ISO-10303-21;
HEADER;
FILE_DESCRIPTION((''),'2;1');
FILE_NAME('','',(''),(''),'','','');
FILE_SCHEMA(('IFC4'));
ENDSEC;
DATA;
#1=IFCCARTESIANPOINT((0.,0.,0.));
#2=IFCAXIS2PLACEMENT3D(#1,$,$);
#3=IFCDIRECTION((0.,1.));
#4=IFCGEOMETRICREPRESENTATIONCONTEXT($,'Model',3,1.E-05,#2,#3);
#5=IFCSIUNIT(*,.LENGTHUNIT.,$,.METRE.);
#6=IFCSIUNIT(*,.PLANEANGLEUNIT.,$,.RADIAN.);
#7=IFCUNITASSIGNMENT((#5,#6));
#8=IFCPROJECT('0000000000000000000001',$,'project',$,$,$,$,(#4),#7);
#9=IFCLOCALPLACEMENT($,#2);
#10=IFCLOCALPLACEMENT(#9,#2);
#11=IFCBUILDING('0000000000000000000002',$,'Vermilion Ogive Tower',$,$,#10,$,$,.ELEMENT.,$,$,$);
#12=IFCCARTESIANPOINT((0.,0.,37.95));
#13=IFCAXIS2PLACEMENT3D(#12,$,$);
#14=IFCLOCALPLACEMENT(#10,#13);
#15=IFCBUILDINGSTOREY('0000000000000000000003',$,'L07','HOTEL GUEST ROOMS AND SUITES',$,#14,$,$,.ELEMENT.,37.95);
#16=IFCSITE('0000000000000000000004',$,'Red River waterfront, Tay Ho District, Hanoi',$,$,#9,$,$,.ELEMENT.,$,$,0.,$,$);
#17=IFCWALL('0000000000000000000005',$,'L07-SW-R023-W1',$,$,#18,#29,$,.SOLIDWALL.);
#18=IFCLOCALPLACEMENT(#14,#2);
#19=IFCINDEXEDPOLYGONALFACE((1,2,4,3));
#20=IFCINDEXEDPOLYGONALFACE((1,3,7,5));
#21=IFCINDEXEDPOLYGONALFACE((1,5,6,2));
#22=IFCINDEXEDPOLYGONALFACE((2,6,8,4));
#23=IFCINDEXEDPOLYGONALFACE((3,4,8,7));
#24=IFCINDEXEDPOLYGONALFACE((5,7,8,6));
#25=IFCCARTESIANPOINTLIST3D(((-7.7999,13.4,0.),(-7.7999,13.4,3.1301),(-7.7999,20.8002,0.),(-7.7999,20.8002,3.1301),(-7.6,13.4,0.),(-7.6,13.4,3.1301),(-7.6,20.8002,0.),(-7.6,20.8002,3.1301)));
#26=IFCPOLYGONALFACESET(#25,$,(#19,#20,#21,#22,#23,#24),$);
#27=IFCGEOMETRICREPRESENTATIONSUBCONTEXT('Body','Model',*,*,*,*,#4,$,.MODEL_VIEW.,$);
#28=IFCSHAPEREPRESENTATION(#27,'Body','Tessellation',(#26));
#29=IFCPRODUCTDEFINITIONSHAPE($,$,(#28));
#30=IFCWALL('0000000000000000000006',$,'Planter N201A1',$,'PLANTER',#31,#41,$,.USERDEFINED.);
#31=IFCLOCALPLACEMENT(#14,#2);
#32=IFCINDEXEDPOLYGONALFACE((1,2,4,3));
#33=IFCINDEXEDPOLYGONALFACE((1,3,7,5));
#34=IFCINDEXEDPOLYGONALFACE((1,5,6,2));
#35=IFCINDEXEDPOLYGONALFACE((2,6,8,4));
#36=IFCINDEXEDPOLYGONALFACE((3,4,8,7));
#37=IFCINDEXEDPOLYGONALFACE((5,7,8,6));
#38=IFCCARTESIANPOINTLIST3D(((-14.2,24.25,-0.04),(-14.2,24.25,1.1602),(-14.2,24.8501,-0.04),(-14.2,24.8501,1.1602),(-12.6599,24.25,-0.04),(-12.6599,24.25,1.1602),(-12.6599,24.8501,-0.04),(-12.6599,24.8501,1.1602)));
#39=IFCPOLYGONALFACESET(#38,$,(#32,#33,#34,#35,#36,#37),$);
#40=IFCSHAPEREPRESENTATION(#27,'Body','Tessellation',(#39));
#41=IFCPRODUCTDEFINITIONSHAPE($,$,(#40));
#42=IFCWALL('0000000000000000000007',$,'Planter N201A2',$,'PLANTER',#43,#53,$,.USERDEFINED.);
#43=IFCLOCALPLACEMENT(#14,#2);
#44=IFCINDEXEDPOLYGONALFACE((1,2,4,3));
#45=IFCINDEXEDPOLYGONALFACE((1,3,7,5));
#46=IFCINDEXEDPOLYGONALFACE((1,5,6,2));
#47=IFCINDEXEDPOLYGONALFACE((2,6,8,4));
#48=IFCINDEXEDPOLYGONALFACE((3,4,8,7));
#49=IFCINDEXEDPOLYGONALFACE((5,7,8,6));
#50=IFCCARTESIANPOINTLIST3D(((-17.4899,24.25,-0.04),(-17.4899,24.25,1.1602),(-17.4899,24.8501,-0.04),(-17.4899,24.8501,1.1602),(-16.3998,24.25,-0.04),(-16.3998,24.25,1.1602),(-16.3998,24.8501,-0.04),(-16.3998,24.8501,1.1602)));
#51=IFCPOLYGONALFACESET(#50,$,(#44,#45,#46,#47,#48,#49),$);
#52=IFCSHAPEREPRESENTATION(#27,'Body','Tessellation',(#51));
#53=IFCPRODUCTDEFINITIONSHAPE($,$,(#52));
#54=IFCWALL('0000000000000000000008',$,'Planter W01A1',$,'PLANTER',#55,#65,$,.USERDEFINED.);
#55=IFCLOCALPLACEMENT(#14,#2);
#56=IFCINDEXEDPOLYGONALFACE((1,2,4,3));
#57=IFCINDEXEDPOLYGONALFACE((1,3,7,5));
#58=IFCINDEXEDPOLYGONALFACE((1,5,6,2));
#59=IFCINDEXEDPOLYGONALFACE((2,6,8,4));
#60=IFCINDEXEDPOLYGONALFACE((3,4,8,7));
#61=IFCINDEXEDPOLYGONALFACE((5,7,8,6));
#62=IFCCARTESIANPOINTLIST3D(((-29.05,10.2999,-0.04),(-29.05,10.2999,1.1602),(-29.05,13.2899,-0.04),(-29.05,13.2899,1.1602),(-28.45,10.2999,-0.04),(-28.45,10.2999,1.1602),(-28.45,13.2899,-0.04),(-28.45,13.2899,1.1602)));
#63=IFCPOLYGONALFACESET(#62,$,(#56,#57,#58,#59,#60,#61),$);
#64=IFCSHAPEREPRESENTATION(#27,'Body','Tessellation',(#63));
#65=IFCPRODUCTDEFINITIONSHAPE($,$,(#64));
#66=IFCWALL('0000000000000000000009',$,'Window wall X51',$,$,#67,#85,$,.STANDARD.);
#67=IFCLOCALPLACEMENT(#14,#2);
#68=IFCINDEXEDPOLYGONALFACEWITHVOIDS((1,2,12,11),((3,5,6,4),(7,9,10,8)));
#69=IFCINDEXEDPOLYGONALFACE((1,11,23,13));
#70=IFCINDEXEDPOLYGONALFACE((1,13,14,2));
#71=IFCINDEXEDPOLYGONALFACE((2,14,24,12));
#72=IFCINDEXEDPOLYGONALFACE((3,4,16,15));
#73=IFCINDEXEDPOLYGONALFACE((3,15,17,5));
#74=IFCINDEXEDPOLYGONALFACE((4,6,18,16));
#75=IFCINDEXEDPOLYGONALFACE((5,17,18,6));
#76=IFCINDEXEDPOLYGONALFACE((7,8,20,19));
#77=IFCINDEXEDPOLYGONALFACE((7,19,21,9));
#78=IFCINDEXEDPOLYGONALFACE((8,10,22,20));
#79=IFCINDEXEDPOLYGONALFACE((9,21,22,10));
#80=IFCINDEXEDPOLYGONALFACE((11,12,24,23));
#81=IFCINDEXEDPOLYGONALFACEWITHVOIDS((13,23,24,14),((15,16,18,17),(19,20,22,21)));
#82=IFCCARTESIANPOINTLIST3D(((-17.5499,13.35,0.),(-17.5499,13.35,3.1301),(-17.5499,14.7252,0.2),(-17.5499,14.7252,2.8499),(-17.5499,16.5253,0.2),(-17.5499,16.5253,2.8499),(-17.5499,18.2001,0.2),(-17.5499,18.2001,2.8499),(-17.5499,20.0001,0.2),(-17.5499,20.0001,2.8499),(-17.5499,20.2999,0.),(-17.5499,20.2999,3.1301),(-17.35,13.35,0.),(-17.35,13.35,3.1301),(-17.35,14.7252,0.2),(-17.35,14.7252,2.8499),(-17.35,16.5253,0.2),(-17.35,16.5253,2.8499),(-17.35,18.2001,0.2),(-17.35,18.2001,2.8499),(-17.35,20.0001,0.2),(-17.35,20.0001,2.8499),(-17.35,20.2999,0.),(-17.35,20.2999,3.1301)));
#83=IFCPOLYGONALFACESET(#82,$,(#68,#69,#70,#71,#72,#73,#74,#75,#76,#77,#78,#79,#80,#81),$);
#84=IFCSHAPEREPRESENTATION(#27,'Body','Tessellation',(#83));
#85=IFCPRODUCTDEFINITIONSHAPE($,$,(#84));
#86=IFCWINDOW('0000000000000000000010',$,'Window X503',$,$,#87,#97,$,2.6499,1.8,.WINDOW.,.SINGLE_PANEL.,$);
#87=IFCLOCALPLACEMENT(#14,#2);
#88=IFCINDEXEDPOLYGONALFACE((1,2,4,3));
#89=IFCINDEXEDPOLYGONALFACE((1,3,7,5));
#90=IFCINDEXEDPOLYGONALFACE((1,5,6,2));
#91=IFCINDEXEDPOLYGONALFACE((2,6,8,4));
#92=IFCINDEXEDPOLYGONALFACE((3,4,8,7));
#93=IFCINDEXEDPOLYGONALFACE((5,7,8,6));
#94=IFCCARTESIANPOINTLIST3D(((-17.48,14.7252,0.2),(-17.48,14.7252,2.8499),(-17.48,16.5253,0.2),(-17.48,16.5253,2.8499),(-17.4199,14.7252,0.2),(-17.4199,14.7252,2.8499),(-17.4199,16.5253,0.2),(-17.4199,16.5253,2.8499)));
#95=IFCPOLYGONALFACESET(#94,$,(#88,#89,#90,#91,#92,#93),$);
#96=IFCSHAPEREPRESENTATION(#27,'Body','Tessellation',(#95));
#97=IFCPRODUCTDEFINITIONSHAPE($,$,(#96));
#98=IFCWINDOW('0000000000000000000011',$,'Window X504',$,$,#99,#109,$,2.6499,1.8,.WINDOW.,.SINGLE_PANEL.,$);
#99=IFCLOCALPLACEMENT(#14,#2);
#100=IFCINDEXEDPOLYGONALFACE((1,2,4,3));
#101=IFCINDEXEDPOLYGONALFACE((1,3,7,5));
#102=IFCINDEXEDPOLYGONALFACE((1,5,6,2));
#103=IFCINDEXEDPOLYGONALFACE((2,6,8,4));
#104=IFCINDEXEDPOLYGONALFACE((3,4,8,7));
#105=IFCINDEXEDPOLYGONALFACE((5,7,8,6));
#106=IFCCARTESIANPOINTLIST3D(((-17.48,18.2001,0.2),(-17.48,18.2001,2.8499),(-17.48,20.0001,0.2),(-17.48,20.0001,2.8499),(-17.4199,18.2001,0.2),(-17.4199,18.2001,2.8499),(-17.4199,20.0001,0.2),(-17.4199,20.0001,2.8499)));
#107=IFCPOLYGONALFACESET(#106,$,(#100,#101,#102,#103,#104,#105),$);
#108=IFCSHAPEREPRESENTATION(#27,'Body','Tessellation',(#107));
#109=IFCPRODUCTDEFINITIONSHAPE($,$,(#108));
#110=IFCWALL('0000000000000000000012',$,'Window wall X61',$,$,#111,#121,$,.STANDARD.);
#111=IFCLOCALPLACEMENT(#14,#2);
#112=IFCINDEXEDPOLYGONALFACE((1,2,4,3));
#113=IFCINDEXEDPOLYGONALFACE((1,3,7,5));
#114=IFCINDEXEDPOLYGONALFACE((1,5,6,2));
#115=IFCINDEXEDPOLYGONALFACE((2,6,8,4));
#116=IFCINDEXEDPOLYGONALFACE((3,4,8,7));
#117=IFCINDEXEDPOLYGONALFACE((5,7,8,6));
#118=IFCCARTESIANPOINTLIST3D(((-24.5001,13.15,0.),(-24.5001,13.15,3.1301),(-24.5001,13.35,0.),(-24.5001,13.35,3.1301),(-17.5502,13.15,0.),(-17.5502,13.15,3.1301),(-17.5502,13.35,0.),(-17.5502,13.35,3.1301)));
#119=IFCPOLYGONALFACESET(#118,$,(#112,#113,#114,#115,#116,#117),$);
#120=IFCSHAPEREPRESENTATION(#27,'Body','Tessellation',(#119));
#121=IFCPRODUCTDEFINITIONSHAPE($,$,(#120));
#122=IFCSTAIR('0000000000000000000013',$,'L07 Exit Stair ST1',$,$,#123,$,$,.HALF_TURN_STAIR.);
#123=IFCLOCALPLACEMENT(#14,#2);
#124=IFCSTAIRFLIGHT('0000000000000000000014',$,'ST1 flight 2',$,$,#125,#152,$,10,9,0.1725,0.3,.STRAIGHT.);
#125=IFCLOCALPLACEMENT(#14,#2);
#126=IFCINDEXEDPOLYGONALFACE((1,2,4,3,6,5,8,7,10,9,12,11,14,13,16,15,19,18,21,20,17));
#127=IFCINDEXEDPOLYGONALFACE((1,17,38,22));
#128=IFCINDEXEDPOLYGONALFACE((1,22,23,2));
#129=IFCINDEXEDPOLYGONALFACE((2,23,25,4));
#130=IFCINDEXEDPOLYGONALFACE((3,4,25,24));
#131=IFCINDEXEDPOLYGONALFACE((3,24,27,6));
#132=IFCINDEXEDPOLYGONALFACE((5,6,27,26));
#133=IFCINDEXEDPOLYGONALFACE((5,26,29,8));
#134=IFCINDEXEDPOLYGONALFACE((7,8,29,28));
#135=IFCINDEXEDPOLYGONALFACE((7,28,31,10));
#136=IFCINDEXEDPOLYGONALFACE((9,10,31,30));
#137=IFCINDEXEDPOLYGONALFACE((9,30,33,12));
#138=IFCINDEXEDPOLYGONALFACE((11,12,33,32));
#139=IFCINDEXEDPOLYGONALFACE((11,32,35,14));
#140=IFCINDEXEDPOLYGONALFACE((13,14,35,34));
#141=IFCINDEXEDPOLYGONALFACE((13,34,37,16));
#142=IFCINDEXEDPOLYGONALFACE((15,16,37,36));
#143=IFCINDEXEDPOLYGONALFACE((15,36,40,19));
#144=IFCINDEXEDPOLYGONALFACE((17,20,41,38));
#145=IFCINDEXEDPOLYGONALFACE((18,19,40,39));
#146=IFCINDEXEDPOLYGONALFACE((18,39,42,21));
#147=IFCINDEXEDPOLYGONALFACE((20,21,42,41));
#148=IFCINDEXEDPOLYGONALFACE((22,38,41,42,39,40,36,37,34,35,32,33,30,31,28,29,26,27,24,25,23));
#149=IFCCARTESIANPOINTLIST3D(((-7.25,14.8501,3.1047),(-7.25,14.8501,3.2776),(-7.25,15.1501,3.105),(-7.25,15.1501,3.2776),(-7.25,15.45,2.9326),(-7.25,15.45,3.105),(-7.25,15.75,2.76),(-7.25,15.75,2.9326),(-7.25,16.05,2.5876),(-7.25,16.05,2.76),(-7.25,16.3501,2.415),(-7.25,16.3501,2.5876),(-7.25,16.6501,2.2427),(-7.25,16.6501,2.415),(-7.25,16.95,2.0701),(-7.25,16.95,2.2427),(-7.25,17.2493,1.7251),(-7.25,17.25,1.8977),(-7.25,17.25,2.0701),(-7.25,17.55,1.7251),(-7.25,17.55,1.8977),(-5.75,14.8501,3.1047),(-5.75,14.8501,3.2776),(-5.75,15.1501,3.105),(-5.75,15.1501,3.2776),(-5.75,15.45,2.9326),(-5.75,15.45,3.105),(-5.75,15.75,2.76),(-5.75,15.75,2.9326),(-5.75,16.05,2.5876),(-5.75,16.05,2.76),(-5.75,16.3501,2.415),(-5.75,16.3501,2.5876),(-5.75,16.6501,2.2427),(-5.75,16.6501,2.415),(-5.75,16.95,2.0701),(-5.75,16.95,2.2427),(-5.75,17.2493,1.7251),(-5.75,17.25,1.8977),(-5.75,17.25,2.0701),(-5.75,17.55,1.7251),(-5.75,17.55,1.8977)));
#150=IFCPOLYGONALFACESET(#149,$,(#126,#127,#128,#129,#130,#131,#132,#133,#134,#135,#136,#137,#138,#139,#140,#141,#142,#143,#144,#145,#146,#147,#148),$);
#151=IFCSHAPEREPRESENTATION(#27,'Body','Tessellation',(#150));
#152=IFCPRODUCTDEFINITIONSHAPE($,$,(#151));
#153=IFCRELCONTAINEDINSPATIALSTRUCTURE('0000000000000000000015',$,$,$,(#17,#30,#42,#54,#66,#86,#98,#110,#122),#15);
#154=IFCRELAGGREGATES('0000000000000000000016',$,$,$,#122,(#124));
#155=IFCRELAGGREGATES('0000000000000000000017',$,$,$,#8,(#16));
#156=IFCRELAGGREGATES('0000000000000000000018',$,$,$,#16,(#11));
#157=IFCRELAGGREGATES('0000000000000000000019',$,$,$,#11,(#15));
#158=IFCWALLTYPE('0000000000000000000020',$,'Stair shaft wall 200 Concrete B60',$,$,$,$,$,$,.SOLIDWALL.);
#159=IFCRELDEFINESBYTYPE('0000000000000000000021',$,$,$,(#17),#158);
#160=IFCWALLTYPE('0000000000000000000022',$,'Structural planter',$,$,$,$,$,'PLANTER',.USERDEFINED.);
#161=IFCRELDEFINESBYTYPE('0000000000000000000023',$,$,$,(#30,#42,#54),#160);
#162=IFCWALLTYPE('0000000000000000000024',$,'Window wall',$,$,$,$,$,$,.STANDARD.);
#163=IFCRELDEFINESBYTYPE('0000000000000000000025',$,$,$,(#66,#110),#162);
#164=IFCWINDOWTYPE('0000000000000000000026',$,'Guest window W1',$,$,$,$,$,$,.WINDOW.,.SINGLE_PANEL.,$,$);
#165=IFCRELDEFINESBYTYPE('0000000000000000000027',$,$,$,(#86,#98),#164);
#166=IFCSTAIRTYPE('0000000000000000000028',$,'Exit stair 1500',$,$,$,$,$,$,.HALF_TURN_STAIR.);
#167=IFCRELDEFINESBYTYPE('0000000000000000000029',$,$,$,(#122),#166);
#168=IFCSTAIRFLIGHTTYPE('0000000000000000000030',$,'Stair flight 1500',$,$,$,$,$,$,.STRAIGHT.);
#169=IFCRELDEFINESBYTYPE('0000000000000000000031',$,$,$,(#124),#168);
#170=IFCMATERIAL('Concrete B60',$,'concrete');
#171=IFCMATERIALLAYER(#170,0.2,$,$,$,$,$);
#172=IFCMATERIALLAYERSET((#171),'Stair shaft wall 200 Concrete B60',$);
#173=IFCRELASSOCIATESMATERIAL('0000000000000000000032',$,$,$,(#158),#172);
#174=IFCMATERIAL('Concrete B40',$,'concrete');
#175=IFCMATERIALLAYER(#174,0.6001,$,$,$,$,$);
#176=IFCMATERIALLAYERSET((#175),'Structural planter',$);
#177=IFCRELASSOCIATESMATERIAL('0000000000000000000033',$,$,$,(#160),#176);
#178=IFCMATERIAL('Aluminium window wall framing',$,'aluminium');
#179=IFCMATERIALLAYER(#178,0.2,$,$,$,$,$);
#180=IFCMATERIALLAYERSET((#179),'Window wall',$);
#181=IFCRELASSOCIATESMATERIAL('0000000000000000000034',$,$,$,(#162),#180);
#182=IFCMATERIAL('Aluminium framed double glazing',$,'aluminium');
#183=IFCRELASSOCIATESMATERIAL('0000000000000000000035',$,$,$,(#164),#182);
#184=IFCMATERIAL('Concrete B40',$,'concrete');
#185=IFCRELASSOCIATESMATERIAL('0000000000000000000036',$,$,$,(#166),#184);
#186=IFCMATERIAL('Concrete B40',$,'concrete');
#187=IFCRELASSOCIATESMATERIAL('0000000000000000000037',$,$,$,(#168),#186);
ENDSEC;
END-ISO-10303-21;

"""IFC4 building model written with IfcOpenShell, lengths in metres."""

from ifc_helpers import new_model, si_unit, direction, frame, frame_2d, origin, place, context, subcontext, project, spatial, polyline, rectangle, outline, extrude, material, layer, layer_set, type_object, element, fill, aggregate, save


model = new_model("IFC4")

# Units and contexts
model_context = context("Model", 3, precision=1e-05, world=origin(), true_north=direction((0.0, 1.0)))
body_context = subcontext(model_context, "Body", "Model", "MODEL_VIEW")
ifc_project = project(units=[si_unit("LENGTHUNIT", "METRE"), si_unit("PLANEANGLEUNIT", "RADIAN")], contexts=[model_context])

# Site, building, storey
site_placement = place(None, origin())
site = spatial("IfcSite", under=ifc_project, at=site_placement, Name="Red River waterfront, Tay Ho District, Hanoi", CompositionType="ELEMENT", RefElevation=0.0)
building_placement = place(site_placement, origin())
building = spatial("IfcBuilding", under=site, at=building_placement, Name="Vermilion Ogive Tower", CompositionType="ELEMENT")
storey_placement = place(building_placement, frame((0.0, 0.0, 37.95)))
storey = spatial("IfcBuildingStorey", under=building, at=storey_placement, Name="L07", Description="HOTEL GUEST ROOMS AND SUITES", CompositionType="ELEMENT", Elevation=37.95)

# Shared definitions
ifc_material_1 = material(Name="Concrete B60", Category="concrete")
ifc_layer_1 = layer(ifc_material_1, 0.2)
ifc_layer_set_1 = layer_set([ifc_layer_1], Name="Stair shaft wall 200 Concrete B60")
wall_type_1 = type_object("IfcWallType", Name="Stair shaft wall 200 Concrete B60", PredefinedType="SOLIDWALL", material=ifc_layer_set_1)

# Walls
wall_1_placement = place(storey_placement, frame((-7.7, 13.3999, 0.0), z_axis=(0.0, 0.0, 1.0), x_axis=(0.0, 1.0, 0.0)))
element("IfcWall", 1, at=wall_1_placement, inside=storey, type_object=wall_type_1, Name="L07-SW-R023-W1", PredefinedType="SOLIDWALL", context=body_context, shape_type="SweptSolid", body=[
    extrude(rectangle(XDim=7.4001, YDim=0.2, at=frame_2d((3.7002, 0.0))), origin(), (0.0, 0.0, 1.0), 3.1301),
])
ifc_material_2 = material(Name="Concrete B40", Category="concrete")
ifc_layer_2 = layer(ifc_material_2, 0.6001)
ifc_layer_set_2 = layer_set([ifc_layer_2], Name="Structural planter")
wall_type_2 = type_object("IfcWallType", Name="Structural planter", ElementType="PLANTER", PredefinedType="USERDEFINED", material=ifc_layer_set_2)
wall_2_placement = place(storey_placement, frame((-12.6599, 24.55, -0.04), z_axis=(0.0, 0.0, 1.0), x_axis=(-1.0, 0.0, 0.0)))
element("IfcWall", 2, at=wall_2_placement, inside=storey, type_object=wall_type_2, Name="Planter N201A1", ObjectType="PLANTER", PredefinedType="USERDEFINED", context=body_context, shape_type="SweptSolid", body=[
    extrude(rectangle(XDim=1.54, YDim=0.6001, at=frame_2d((0.77, 0.0))), origin(), (0.0, 0.0, 1.0), 1.2002),
])
wall_3_placement = place(storey_placement, frame((-16.3999, 24.55, -0.04), z_axis=(0.0, 0.0, 1.0), x_axis=(-1.0, 0.0, 0.0)))
element("IfcWall", 3, at=wall_3_placement, inside=storey, type_object=wall_type_2, Name="Planter N201A2", ObjectType="PLANTER", PredefinedType="USERDEFINED", context=body_context, shape_type="SweptSolid", body=[
    extrude(rectangle(XDim=1.0901, YDim=0.6001, at=frame_2d((0.5449, 0.0))), origin(), (0.0, 0.0, 1.0), 1.2002),
])
wall_4_placement = place(storey_placement, frame((-28.75, 13.29, -0.04), z_axis=(0.0, 0.0, 1.0), x_axis=(0.0, -1.0, 0.0)))
element("IfcWall", 4, at=wall_4_placement, inside=storey, type_object=wall_type_2, Name="Planter W01A1", ObjectType="PLANTER", PredefinedType="USERDEFINED", context=body_context, shape_type="SweptSolid", body=[
    extrude(rectangle(XDim=2.99, YDim=0.6001, at=frame_2d((1.4951, 0.0))), origin(), (0.0, 0.0, 1.0), 1.2002),
])

# Shared definitions
ifc_material_3 = material(Name="Aluminium window wall framing", Category="aluminium")
ifc_layer_3 = layer(ifc_material_3, 0.2)
ifc_layer_set_3 = layer_set([ifc_layer_3], Name="Window wall")
wall_type_3 = type_object("IfcWallType", Name="Window wall", PredefinedType="STANDARD", material=ifc_layer_set_3)
ifc_material_4 = material(Name="Aluminium framed double glazing", Category="aluminium")
window_type = type_object("IfcWindowType", Name="Guest window W1", PartitioningType="SINGLE_PANEL", PredefinedType="WINDOW", material=ifc_material_4)

# Wall, openings, windows
wall_5_placement = place(storey_placement, frame((-17.45, 20.3, 0.0), z_axis=(0.0, 0.0, 1.0), x_axis=(0.0, -1.0, 0.0)))
wall_5 = element("IfcWall", 5, at=wall_5_placement, inside=storey, type_object=wall_type_3, Name="Window wall X51", PredefinedType="STANDARD", context=body_context, shape_type="SweptSolid", body=[
    extrude(rectangle(XDim=6.95, YDim=0.2, at=frame_2d((3.4751, 0.0))), origin(), (0.0, 0.0, 1.0), 3.1301),
])
opening_1_placement = place(wall_5_placement, frame((3.7749, 0.0, 0.2)))
opening_1 = element("IfcOpeningElement", 6, at=opening_1_placement, cuts=wall_5, PredefinedType="OPENING", context=body_context, shape_type="SweptSolid", body=[
    extrude(rectangle(XDim=1.8, YDim=2.6499, at=frame_2d((0.8999, 1.325))), frame((0.0, 0.1099, 0.0), z_axis=(0.0, -1.0, 0.0), x_axis=(1.0, 0.0, 0.0)), (0.0, 0.0, 1.0), 0.22),
])
opening_2_placement = place(wall_5_placement, frame((0.3, 0.0, 0.2)))
opening_2 = element("IfcOpeningElement", 7, at=opening_2_placement, cuts=wall_5, PredefinedType="OPENING", context=body_context, shape_type="SweptSolid", body=[
    extrude(rectangle(XDim=1.8, YDim=2.6499, at=frame_2d((0.8999, 1.325))), frame((0.0, 0.1099, 0.0), z_axis=(0.0, -1.0, 0.0), x_axis=(1.0, 0.0, 0.0)), (0.0, 0.0, 1.0), 0.22),
])
window_1_placement = place(opening_1_placement, origin())
window_1 = element("IfcWindow", 8, at=window_1_placement, inside=storey, type_object=window_type, Name="Window X503", OverallHeight=2.6499, OverallWidth=1.8, PartitioningType="SINGLE_PANEL", PredefinedType="WINDOW", context=body_context, shape_type="SweptSolid", body=[
    extrude(rectangle(XDim=1.8, YDim=2.6499, at=frame_2d((0.8999, 1.325))), frame((0.0, 0.03, 0.0), z_axis=(0.0, -1.0, 0.0), x_axis=(1.0, 0.0, 0.0)), (0.0, 0.0, 1.0), 0.0601),
])
fill(opening_1, window_1)
window_2_placement = place(opening_2_placement, origin())
window_2 = element("IfcWindow", 9, at=window_2_placement, inside=storey, type_object=window_type, Name="Window X504", OverallHeight=2.6499, OverallWidth=1.8, PartitioningType="SINGLE_PANEL", PredefinedType="WINDOW", context=body_context, shape_type="SweptSolid", body=[
    extrude(rectangle(XDim=1.8, YDim=2.6499, at=frame_2d((0.8999, 1.325))), frame((0.0, 0.03, 0.0), z_axis=(0.0, -1.0, 0.0), x_axis=(1.0, 0.0, 0.0)), (0.0, 0.0, 1.0), 0.0601),
])
fill(opening_2, window_2)

# Wall
wall_6_placement = place(storey_placement, frame((-17.55, 13.25, 0.0), z_axis=(0.0, 0.0, 1.0), x_axis=(-1.0, 0.0, 0.0)))
element("IfcWall", 10, at=wall_6_placement, inside=storey, type_object=wall_type_3, Name="Window wall X61", PredefinedType="STANDARD", context=body_context, shape_type="SweptSolid", body=[
    extrude(rectangle(XDim=6.95, YDim=0.2, at=frame_2d((3.4751, 0.0))), origin(), (0.0, 0.0, 1.0), 3.1301),
])

# Stair, stair flight
ifc_material_5 = material(Name="Concrete B40", Category="concrete")
stair_type = type_object("IfcStairType", Name="Exit stair 1500", PredefinedType="HALF_TURN_STAIR", material=ifc_material_5)
stair_placement = place(storey_placement, origin())
stair = element("IfcStair", 11, at=stair_placement, inside=storey, type_object=stair_type, Name="L07 Exit Stair ST1", PredefinedType="HALF_TURN_STAIR")
ifc_material_6 = material(Name="Concrete B40", Category="concrete")
stair_flight_type = type_object("IfcStairFlightType", Name="Stair flight 1500", PredefinedType="STRAIGHT", material=ifc_material_6)
stair_flight_placement = place(storey_placement, frame((-6.5, 17.55, 1.7251), z_axis=(0.0, 0.0, 1.0), x_axis=(0.0, -1.0, 0.0)))
stair_flight = element("IfcStairFlight", 12, at=stair_flight_placement, type_object=stair_flight_type, Name="ST1 flight 2", NumberOfRisers=10, NumberOfTreads=9, PredefinedType="STRAIGHT", RiserHeight=0.1725, TreadLength=0.3, context=body_context, shape_type="SweptSolid", body=[
    extrude(outline(polyline([(0.0, 0.0), (0.0, 0.1726), (0.3, 0.1726), (0.3, 0.345), (0.6001, 0.345), (0.6001, 0.5176), (0.8999, 0.5176), (0.8999, 0.6899), (1.2, 0.6899), (1.2, 0.8625), (1.5, 0.8625), (1.5, 1.0349), (1.8, 1.0349), (1.8, 1.2075), (2.1001, 1.2075), (2.1001, 1.3799), (2.3999, 1.3799), (2.3999, 1.5525), (2.7, 1.5525), (2.7, 1.7251), (2.7, 1.3796), (0.3008, 0.0), (0.0, 0.0)])), frame((0.0, 0.75, 0.0), z_axis=(0.0, -1.0, 0.0), x_axis=(1.0, 0.0, 0.0)), (0.0, 0.0, 1.0), 1.5),
])
aggregate(stair, [stair_flight])

save(model, "model.ifc")
